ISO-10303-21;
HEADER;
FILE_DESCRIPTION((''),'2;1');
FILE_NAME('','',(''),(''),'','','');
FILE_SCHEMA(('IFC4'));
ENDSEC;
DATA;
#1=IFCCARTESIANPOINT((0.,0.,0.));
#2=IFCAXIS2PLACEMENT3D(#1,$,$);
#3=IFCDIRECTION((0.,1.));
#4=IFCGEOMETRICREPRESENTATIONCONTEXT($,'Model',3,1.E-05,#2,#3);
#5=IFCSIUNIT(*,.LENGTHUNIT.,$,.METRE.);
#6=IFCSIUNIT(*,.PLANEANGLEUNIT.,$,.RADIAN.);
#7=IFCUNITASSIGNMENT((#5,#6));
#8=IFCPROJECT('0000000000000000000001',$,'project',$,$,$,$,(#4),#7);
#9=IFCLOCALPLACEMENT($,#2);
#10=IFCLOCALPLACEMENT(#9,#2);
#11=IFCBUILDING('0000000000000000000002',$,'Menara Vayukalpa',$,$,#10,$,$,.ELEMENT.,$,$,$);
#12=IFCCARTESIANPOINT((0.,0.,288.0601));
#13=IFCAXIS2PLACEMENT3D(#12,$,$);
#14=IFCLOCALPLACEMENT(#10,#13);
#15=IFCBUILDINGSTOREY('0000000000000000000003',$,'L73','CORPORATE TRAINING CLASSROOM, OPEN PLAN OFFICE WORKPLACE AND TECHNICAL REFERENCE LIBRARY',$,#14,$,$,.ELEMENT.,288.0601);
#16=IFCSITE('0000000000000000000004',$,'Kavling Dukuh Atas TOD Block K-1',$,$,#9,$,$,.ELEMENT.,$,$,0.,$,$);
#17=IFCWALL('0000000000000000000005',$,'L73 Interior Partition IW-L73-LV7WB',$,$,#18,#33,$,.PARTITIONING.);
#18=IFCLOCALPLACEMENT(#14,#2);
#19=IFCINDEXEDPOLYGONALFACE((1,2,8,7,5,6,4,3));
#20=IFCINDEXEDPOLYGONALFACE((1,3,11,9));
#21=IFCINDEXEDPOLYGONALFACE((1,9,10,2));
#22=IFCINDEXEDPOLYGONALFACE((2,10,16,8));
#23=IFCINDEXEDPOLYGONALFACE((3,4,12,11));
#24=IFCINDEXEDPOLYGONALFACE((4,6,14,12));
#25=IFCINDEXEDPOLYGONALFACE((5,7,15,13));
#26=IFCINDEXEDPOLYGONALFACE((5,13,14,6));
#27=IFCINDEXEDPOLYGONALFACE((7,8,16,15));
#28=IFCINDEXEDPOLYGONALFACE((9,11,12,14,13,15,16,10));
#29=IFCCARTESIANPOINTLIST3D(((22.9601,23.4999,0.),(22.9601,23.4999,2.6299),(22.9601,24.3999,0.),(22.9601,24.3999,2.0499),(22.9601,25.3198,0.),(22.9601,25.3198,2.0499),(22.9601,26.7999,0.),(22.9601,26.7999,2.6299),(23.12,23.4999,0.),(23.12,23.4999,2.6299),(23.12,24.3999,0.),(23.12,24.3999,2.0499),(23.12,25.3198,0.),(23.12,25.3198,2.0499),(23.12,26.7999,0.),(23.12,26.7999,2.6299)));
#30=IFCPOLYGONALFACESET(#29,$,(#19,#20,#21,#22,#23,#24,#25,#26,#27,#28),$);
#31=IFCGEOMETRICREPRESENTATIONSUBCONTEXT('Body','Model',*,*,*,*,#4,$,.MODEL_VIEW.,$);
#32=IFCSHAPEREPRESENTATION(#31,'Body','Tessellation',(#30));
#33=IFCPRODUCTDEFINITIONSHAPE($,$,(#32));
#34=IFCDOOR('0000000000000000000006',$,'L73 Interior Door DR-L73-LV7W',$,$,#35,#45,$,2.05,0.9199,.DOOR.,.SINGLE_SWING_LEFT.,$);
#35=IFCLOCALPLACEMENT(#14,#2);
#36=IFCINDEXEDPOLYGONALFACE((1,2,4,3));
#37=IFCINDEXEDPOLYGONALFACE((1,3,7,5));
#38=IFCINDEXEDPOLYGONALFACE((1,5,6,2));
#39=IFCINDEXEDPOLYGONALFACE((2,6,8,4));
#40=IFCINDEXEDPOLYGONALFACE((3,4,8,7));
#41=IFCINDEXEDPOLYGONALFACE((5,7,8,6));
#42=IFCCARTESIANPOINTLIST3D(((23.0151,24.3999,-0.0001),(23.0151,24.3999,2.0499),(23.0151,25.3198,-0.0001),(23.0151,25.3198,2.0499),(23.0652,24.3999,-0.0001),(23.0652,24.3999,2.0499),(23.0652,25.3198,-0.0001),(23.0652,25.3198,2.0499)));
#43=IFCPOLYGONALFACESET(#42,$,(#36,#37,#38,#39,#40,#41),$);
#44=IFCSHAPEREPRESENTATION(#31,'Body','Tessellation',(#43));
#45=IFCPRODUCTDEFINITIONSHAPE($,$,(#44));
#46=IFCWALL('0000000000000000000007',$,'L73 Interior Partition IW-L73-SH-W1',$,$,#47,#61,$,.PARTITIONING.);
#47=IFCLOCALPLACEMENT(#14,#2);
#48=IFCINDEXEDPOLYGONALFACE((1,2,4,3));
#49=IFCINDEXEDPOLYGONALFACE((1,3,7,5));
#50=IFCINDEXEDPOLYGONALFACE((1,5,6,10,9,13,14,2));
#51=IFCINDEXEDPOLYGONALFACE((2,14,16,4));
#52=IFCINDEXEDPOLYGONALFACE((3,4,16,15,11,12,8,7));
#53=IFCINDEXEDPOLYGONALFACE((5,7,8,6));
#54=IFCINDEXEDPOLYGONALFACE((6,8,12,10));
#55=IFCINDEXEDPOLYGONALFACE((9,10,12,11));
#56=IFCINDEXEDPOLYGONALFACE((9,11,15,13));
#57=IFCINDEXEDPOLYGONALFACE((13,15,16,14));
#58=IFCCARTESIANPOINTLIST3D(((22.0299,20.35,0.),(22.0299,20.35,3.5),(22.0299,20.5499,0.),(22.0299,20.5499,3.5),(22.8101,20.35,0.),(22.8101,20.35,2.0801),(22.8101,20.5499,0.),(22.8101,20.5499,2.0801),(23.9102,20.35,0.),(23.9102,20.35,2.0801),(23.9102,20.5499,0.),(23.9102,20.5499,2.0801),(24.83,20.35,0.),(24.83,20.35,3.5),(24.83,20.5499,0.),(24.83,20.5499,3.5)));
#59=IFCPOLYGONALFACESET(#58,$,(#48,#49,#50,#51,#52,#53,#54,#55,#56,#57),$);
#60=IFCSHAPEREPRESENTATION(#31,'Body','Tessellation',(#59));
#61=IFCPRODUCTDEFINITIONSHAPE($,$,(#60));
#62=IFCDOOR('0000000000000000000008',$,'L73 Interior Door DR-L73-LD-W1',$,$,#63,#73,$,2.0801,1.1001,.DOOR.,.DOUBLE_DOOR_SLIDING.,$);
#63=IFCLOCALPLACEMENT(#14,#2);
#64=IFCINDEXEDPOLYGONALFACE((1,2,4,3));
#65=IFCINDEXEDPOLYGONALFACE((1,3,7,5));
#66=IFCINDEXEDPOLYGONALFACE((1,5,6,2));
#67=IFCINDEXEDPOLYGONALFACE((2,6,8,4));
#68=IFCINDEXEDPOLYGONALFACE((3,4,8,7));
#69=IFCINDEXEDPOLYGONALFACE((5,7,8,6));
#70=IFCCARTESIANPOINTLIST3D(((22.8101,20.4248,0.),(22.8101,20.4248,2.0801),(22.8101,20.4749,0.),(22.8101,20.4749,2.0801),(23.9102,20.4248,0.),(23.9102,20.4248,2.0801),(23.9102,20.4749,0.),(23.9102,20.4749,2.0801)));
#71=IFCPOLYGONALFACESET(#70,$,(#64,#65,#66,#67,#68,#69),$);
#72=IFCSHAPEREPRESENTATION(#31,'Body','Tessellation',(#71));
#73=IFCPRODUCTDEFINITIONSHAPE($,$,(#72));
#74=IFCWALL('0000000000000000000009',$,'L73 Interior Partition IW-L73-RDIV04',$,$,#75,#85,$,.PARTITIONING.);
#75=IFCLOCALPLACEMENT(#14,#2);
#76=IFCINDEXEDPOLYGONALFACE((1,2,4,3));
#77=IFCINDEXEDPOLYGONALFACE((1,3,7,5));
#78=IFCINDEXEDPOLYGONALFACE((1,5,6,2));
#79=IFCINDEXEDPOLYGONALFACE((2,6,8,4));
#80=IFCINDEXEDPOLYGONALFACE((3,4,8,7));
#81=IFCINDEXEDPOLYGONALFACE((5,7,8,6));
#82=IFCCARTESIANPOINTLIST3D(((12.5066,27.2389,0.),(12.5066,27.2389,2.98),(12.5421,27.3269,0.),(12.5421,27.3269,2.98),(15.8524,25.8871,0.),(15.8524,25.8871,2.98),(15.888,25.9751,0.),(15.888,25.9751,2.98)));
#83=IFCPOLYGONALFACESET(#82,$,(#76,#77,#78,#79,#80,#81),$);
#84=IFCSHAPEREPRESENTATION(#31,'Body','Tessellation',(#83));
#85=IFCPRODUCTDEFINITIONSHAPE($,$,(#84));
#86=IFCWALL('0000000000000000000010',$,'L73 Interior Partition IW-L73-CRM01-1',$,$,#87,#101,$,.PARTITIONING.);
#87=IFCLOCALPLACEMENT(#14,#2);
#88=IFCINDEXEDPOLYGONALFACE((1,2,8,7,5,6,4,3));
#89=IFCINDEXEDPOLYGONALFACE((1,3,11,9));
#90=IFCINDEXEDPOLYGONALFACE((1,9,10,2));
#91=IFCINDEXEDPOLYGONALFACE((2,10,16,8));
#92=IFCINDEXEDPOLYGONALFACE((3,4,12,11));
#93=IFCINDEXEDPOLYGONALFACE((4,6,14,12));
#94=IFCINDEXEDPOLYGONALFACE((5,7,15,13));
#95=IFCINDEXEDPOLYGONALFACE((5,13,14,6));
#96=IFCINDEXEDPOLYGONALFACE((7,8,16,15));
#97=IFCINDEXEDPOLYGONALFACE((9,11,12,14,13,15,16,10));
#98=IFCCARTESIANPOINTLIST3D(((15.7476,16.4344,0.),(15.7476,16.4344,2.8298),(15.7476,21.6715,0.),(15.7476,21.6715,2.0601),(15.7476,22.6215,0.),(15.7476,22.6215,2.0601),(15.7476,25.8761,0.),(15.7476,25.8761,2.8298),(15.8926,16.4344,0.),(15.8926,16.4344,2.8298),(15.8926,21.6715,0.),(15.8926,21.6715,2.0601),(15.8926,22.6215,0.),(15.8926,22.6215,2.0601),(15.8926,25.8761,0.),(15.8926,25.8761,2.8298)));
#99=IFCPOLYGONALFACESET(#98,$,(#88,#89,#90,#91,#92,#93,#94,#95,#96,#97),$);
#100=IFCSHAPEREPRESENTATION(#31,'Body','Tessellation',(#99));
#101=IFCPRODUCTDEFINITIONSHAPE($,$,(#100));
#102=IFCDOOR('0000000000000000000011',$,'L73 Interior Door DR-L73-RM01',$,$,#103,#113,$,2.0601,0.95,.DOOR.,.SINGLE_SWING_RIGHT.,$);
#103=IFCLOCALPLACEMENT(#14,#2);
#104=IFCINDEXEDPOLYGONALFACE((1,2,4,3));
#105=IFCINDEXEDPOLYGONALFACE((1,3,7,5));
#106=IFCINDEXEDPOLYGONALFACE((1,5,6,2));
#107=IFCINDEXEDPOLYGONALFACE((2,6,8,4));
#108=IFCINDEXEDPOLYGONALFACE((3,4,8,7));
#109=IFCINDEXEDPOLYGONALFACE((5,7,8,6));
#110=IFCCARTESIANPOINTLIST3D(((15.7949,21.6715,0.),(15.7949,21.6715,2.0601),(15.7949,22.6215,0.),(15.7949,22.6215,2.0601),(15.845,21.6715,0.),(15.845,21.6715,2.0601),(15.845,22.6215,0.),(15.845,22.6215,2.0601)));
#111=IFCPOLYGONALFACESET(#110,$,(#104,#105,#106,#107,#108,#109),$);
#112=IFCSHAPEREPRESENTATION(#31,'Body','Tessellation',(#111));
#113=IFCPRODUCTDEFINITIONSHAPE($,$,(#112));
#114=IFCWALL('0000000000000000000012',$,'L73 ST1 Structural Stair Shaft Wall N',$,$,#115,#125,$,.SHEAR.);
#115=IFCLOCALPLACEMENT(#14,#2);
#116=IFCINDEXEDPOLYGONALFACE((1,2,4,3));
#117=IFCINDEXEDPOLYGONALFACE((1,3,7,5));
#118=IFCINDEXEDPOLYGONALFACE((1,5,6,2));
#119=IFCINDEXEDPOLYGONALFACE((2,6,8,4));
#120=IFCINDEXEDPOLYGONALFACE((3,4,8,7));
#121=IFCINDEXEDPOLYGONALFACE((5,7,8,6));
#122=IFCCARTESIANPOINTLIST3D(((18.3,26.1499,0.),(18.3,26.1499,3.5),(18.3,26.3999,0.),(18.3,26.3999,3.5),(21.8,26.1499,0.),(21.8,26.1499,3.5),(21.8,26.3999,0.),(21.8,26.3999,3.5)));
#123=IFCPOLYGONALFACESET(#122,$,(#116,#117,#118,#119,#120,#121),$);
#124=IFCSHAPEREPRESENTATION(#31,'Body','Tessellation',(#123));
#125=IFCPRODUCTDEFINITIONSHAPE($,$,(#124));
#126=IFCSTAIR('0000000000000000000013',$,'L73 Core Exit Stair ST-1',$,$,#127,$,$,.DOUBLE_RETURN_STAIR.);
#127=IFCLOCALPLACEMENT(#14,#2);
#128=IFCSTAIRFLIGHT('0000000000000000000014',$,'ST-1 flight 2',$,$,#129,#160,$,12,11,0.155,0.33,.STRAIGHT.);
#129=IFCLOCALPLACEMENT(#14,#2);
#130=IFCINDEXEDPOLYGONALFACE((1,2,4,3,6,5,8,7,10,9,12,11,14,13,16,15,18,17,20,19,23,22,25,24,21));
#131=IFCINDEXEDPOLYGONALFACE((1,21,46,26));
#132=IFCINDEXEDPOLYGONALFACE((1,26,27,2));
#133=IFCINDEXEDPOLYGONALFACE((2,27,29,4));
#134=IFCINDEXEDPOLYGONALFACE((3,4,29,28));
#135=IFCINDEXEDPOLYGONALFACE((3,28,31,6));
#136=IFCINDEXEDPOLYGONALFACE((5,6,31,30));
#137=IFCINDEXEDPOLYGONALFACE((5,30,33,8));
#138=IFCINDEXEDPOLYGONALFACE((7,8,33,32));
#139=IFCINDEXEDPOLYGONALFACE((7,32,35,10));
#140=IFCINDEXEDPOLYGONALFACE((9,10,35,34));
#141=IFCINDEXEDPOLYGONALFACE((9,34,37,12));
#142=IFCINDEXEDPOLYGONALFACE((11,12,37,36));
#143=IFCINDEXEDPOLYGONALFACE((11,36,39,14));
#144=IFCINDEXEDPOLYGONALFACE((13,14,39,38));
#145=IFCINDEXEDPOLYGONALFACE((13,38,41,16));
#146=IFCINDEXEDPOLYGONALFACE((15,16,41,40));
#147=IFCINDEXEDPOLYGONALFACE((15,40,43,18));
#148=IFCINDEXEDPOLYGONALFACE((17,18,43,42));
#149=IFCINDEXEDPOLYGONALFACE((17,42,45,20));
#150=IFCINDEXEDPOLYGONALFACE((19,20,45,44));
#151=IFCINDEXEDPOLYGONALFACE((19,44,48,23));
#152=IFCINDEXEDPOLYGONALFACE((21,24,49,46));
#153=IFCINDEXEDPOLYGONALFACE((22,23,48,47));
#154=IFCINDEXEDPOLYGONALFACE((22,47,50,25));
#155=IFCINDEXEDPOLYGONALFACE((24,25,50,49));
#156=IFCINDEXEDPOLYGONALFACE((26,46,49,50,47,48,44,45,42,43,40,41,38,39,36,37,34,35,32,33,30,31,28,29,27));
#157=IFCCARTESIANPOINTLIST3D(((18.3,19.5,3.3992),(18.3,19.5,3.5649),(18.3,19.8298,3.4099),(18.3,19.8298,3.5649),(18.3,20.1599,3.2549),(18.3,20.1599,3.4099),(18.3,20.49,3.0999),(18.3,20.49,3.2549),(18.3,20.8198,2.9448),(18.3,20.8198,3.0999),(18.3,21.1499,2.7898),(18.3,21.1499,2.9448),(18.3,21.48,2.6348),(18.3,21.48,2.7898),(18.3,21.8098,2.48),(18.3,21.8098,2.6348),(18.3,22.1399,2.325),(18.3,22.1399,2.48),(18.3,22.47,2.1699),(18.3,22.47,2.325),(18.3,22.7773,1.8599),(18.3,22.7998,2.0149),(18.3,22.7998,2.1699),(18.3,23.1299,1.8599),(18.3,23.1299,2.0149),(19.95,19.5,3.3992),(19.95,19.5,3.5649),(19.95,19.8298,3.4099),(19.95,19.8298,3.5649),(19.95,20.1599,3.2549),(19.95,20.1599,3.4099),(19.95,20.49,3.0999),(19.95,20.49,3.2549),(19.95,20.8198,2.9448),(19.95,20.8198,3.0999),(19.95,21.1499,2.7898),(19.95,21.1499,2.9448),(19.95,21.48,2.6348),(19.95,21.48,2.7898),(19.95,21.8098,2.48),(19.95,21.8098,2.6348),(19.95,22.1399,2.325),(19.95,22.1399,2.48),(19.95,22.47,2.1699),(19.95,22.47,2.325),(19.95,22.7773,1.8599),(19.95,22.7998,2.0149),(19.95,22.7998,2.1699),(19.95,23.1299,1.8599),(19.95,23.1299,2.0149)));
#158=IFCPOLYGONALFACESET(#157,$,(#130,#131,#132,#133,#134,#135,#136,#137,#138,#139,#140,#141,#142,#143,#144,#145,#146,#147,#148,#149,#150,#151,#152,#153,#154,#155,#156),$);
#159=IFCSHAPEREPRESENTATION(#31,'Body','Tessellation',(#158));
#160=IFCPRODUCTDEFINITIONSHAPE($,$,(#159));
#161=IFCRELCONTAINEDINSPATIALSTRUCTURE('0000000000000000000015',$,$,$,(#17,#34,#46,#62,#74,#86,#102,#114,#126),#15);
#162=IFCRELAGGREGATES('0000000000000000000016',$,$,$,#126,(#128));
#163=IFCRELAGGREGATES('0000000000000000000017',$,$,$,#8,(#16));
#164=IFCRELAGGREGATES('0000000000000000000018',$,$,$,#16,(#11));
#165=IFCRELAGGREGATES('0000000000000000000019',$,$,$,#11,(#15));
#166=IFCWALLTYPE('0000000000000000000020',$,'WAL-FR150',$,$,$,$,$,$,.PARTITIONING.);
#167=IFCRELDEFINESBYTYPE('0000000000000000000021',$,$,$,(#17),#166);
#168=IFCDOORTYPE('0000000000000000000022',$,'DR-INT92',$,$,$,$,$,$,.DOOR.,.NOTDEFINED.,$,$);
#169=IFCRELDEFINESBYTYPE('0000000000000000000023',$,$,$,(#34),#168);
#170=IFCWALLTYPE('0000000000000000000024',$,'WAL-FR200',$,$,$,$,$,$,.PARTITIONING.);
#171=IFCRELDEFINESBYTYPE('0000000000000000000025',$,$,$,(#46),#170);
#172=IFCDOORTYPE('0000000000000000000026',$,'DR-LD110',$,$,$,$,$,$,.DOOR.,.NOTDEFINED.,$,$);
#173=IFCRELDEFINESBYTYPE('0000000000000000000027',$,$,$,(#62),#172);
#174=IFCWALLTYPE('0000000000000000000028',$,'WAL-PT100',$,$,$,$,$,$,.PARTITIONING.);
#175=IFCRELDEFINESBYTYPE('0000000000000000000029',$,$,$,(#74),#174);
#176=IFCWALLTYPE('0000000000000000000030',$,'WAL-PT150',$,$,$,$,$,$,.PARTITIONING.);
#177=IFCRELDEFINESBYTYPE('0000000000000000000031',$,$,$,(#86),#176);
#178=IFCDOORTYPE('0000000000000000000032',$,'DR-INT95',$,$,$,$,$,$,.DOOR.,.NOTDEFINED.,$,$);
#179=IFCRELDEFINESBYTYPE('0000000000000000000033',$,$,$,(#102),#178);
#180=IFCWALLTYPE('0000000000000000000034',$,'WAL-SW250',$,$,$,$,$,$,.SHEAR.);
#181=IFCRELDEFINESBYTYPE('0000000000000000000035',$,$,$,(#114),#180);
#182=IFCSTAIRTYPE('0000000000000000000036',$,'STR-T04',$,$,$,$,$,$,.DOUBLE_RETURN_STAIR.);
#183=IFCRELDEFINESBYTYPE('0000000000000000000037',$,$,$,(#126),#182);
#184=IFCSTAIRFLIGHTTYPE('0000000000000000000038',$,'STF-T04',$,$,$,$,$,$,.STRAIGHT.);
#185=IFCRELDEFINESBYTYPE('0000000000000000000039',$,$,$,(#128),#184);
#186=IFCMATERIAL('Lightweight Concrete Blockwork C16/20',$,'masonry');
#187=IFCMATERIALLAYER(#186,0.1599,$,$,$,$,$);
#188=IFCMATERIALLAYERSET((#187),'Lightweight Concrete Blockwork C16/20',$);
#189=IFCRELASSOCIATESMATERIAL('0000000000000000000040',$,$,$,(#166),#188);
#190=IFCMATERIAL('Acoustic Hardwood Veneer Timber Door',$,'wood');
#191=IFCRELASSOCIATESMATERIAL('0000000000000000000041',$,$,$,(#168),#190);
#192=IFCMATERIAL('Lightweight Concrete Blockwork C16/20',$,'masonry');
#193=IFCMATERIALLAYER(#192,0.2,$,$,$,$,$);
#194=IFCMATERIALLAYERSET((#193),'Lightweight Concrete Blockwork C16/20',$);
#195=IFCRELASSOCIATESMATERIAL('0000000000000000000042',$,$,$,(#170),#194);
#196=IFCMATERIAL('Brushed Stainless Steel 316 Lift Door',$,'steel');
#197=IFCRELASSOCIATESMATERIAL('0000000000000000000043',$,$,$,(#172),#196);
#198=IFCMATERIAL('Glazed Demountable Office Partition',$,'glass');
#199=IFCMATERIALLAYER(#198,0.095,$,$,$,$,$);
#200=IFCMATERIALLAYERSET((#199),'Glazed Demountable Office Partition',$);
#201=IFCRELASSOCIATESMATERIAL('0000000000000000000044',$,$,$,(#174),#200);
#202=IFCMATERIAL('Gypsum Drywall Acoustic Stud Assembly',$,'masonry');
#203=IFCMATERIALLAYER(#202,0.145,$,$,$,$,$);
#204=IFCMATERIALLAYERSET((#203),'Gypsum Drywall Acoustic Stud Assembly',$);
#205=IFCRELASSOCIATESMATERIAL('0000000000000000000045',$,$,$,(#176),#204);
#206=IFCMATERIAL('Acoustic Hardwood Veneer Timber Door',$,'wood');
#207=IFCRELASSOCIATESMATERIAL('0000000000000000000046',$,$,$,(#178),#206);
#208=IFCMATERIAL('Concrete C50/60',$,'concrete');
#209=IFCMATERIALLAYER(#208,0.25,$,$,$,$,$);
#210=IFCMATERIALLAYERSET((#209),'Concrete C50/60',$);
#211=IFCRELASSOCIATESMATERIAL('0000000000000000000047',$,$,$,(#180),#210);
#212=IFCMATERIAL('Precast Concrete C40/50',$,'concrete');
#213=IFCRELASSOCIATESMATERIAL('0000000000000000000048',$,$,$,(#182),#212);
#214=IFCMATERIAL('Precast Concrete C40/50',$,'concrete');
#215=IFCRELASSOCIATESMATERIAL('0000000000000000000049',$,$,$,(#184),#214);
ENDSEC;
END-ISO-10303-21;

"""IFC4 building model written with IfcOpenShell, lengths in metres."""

from ifc_helpers import new_model, si_unit, direction, frame, frame_2d, origin, place, context, subcontext, project, spatial, polyline, rectangle, outline, extrude, material, layer, layer_set, type_object, element, fill, aggregate, save


model = new_model("IFC4")

# Units and contexts
model_context = context("Model", 3, precision=1e-05, world=origin(), true_north=direction((0.0, 1.0)))
body_context = subcontext(model_context, "Body", "Model", "MODEL_VIEW")
ifc_project = project(units=[si_unit("LENGTHUNIT", "METRE"), si_unit("PLANEANGLEUNIT", "RADIAN")], contexts=[model_context])

# Site, building, storey
site_placement = place(None, origin())
site = spatial("IfcSite", under=ifc_project, at=site_placement, Name="Kavling Dukuh Atas TOD Block K-1", CompositionType="ELEMENT", RefElevation=0.0)
building_placement = place(site_placement, origin())
building = spatial("IfcBuilding", under=site, at=building_placement, Name="Menara Vayukalpa", CompositionType="ELEMENT")
storey_placement = place(building_placement, frame((0.0, 0.0, 288.0601)))
storey = spatial("IfcBuildingStorey", under=building, at=storey_placement, Name="L73", Description="CORPORATE TRAINING CLASSROOM, OPEN PLAN OFFICE WORKPLACE AND TECHNICAL REFERENCE LIBRARY", CompositionType="ELEMENT", Elevation=288.0601)

# Shared definitions
ifc_material_1 = material(Name="Lightweight Concrete Blockwork C16/20", Category="masonry")
ifc_layer_1 = layer(ifc_material_1, 0.1599)
ifc_layer_set_1 = layer_set([ifc_layer_1], Name="Lightweight Concrete Blockwork C16/20")
wall_type_1 = type_object("IfcWallType", Name="WAL-FR150", PredefinedType="PARTITIONING", material=ifc_layer_set_1)

# Walls, openings, doors
wall_1_placement = place(storey_placement, frame((23.04, 23.5, 0.0), z_axis=(0.0, 0.0, 1.0), x_axis=(0.0, 1.0, 0.0)))
wall_1 = element("IfcWall", 1, at=wall_1_placement, inside=storey, type_object=wall_type_1, Name="L73 Interior Partition IW-L73-LV7WB", PredefinedType="PARTITIONING", context=body_context, shape_type="SweptSolid", body=[
    extrude(rectangle(XDim=3.3, YDim=0.1599, at=frame_2d((1.6499, 0.0))), origin(), (0.0, 0.0, 1.0), 2.6299),
])
opening_1_placement = place(wall_1_placement, frame((0.8999, 0.0, 0.0)))
opening_1 = element("IfcOpeningElement", 2, at=opening_1_placement, cuts=wall_1, PredefinedType="OPENING", context=body_context, shape_type="SweptSolid", body=[
    extrude(rectangle(XDim=0.9199, YDim=2.05, at=frame_2d((0.46, 1.0249))), frame((0.0, 0.0898, 0.0), z_axis=(0.0, -1.0, 0.0), x_axis=(1.0, 0.0, 0.0)), (0.0, 0.0, 1.0), 0.1799),
])
ifc_material_2 = material(Name="Acoustic Hardwood Veneer Timber Door", Category="wood")
door_type_1 = type_object("IfcDoorType", Name="DR-INT92", OperationType="NOTDEFINED", PredefinedType="DOOR", material=ifc_material_2)
door_1_placement = place(opening_1_placement, origin())
door_1 = element("IfcDoor", 3, at=door_1_placement, inside=storey, type_object=door_type_1, Name="L73 Interior Door DR-L73-LV7W", OperationType="SINGLE_SWING_LEFT", OverallHeight=2.05, OverallWidth=0.9199, PredefinedType="DOOR", context=body_context, shape_type="SweptSolid", body=[
    extrude(rectangle(XDim=0.9199, YDim=2.05, at=frame_2d((0.46, 1.0249))), frame((0.0, 0.0249, 0.0), z_axis=(0.0, -1.0, 0.0), x_axis=(1.0, 0.0, 0.0)), (0.0, 0.0, 1.0), 0.05),
])
fill(opening_1, door_1)
ifc_material_3 = material(Name="Lightweight Concrete Blockwork C16/20", Category="masonry")
ifc_layer_2 = layer(ifc_material_3, 0.2)
ifc_layer_set_2 = layer_set([ifc_layer_2], Name="Lightweight Concrete Blockwork C16/20")
wall_type_2 = type_object("IfcWallType", Name="WAL-FR200", PredefinedType="PARTITIONING", material=ifc_layer_set_2)
wall_2_placement = place(storey_placement, frame((22.03, 20.45, 0.0), z_axis=(0.0, 0.0, 1.0), x_axis=(1.0, 0.0, 0.0)))
wall_2 = element("IfcWall", 4, at=wall_2_placement, inside=storey, type_object=wall_type_2, Name="L73 Interior Partition IW-L73-SH-W1", PredefinedType="PARTITIONING", context=body_context, shape_type="SweptSolid", body=[
    extrude(rectangle(XDim=2.8, YDim=0.2, at=frame_2d((1.3999, 0.0))), origin(), (0.0, 0.0, 1.0), 3.5),
])
opening_2_placement = place(wall_2_placement, frame((0.78, 0.0, 0.0)))
opening_2 = element("IfcOpeningElement", 5, at=opening_2_placement, cuts=wall_2, PredefinedType="OPENING", context=body_context, shape_type="SweptSolid", body=[
    extrude(rectangle(XDim=1.1001, YDim=2.0801, at=frame_2d((0.55, 1.04))), frame((0.0, 0.1099, 0.0), z_axis=(0.0, -1.0, 0.0), x_axis=(1.0, 0.0, 0.0)), (0.0, 0.0, 1.0), 0.22),
])
ifc_material_4 = material(Name="Brushed Stainless Steel 316 Lift Door", Category="steel")
door_type_2 = type_object("IfcDoorType", Name="DR-LD110", OperationType="NOTDEFINED", PredefinedType="DOOR", material=ifc_material_4)
door_2_placement = place(opening_2_placement, origin())
door_2 = element("IfcDoor", 6, at=door_2_placement, inside=storey, type_object=door_type_2, Name="L73 Interior Door DR-L73-LD-W1", OperationType="DOUBLE_DOOR_SLIDING", OverallHeight=2.0801, OverallWidth=1.1001, PredefinedType="DOOR", context=body_context, shape_type="SweptSolid", body=[
    extrude(rectangle(XDim=1.1001, YDim=2.0801, at=frame_2d((0.55, 1.04))), frame((0.0, 0.0249, 0.0), z_axis=(0.0, -1.0, 0.0), x_axis=(1.0, 0.0, 0.0)), (0.0, 0.0, 1.0), 0.05),
])
fill(opening_2, door_2)

# Wall
ifc_material_5 = material(Name="Glazed Demountable Office Partition", Category="glass")
ifc_layer_3 = layer(ifc_material_5, 0.095)
ifc_layer_set_3 = layer_set([ifc_layer_3], Name="Glazed Demountable Office Partition")
wall_type_3 = type_object("IfcWallType", Name="WAL-PT100", PredefinedType="PARTITIONING", material=ifc_layer_set_3)
wall_3_placement = place(storey_placement, frame((15.8701, 25.9312, 0.0), z_axis=(0.0, 0.0, 1.0), x_axis=(-0.927188, 0.374596, 0.0)))
element("IfcWall", 7, at=wall_3_placement, inside=storey, type_object=wall_type_3, Name="L73 Interior Partition IW-L73-RDIV04", PredefinedType="PARTITIONING", context=body_context, shape_type="SweptSolid", body=[
    extrude(rectangle(XDim=3.6086, YDim=0.095, at=frame_2d((1.8042, 0.0))), origin(), (0.0, 0.0, 1.0), 2.98),
])

# Wall, opening, door
ifc_material_6 = material(Name="Gypsum Drywall Acoustic Stud Assembly", Category="masonry")
ifc_layer_4 = layer(ifc_material_6, 0.145)
ifc_layer_set_4 = layer_set([ifc_layer_4], Name="Gypsum Drywall Acoustic Stud Assembly")
wall_type_4 = type_object("IfcWallType", Name="WAL-PT150", PredefinedType="PARTITIONING", material=ifc_layer_set_4)
wall_4_placement = place(storey_placement, frame((15.8201, 25.876, 0.0), z_axis=(0.0, 0.0, 1.0), x_axis=(0.0, -1.0, 0.0)))
wall_4 = element("IfcWall", 8, at=wall_4_placement, inside=storey, type_object=wall_type_4, Name="L73 Interior Partition IW-L73-CRM01-1", PredefinedType="PARTITIONING", context=body_context, shape_type="SweptSolid", body=[
    extrude(rectangle(XDim=9.4417, YDim=0.145, at=frame_2d((4.7207, 0.0))), origin(), (0.0, 0.0, 1.0), 2.8298),
])
opening_3_placement = place(wall_4_placement, frame((3.2544, 0.0, 0.0)))
opening_3 = element("IfcOpeningElement", 9, at=opening_3_placement, cuts=wall_4, PredefinedType="OPENING", context=body_context, shape_type="SweptSolid", body=[
    extrude(rectangle(XDim=0.95, YDim=2.0601, at=frame_2d((0.4751, 1.03))), frame((0.0, 0.0825, 0.0), z_axis=(0.0, -1.0, 0.0), x_axis=(1.0, 0.0, 0.0)), (0.0, 0.0, 1.0), 0.165),
])
ifc_material_7 = material(Name="Acoustic Hardwood Veneer Timber Door", Category="wood")
door_type_3 = type_object("IfcDoorType", Name="DR-INT95", OperationType="NOTDEFINED", PredefinedType="DOOR", material=ifc_material_7)
door_3_placement = place(opening_3_placement, origin())
door_3 = element("IfcDoor", 10, at=door_3_placement, inside=storey, type_object=door_type_3, Name="L73 Interior Door DR-L73-RM01", OperationType="SINGLE_SWING_RIGHT", OverallHeight=2.0601, OverallWidth=0.95, PredefinedType="DOOR", context=body_context, shape_type="SweptSolid", body=[
    extrude(rectangle(XDim=0.95, YDim=2.0601, at=frame_2d((0.4751, 1.03))), frame((0.0, 0.0249, 0.0), z_axis=(0.0, -1.0, 0.0), x_axis=(1.0, 0.0, 0.0)), (0.0, 0.0, 1.0), 0.05),
])
fill(opening_3, door_3)

# Wall
ifc_material_8 = material(Name="Concrete C50/60", Category="concrete")
ifc_layer_5 = layer(ifc_material_8, 0.25)
ifc_layer_set_5 = layer_set([ifc_layer_5], Name="Concrete C50/60")
wall_type_5 = type_object("IfcWallType", Name="WAL-SW250", PredefinedType="SHEAR", material=ifc_layer_set_5)
wall_5_placement = place(storey_placement, frame((18.3, 26.2749, 0.0), z_axis=(0.0, 0.0, 1.0), x_axis=(1.0, 0.0, 0.0)))
element("IfcWall", 11, at=wall_5_placement, inside=storey, type_object=wall_type_5, Name="L73 ST1 Structural Stair Shaft Wall N", PredefinedType="SHEAR", context=body_context, shape_type="SweptSolid", body=[
    extrude(rectangle(XDim=3.5, YDim=0.25, at=frame_2d((1.75, 0.0))), origin(), (0.0, 0.0, 1.0), 3.5),
])

# Stair, stair flight
ifc_material_9 = material(Name="Precast Concrete C40/50", Category="concrete")
stair_type = type_object("IfcStairType", Name="STR-T04", PredefinedType="DOUBLE_RETURN_STAIR", material=ifc_material_9)
stair_placement = place(storey_placement, origin())
stair = element("IfcStair", 12, at=stair_placement, inside=storey, type_object=stair_type, Name="L73 Core Exit Stair ST-1", PredefinedType="DOUBLE_RETURN_STAIR")
ifc_material_10 = material(Name="Precast Concrete C40/50", Category="concrete")
stair_flight_type = type_object("IfcStairFlightType", Name="STF-T04", PredefinedType="STRAIGHT", material=ifc_material_10)
stair_flight_placement = place(storey_placement, frame((19.125, 23.1299, 1.8599), z_axis=(0.0, 0.0, 1.0), x_axis=(0.0, -1.0, 0.0)))
stair_flight = element("IfcStairFlight", 13, at=stair_flight_placement, type_object=stair_flight_type, Name="ST-1 flight 2", NumberOfRisers=12, NumberOfTreads=11, PredefinedType="STRAIGHT", RiserHeight=0.155, TreadLength=0.33, context=body_context, shape_type="SweptSolid", body=[
    extrude(outline(polyline([(0.0, 0.0), (0.0, 0.155), (0.3301, 0.155), (0.3301, 0.3101), (0.6599, 0.3101), (0.6599, 0.4651), (0.99, 0.4651), (0.99, 0.6201), (1.3201, 0.6201), (1.3201, 0.7749), (1.6499, 0.7749), (1.6499, 0.9299), (1.98, 0.9299), (1.98, 1.085), (2.3101, 1.085), (2.3101, 1.24), (2.6399, 1.24), (2.6399, 1.395), (2.97, 1.395), (2.97, 1.55), (3.3, 1.55), (3.3, 1.7051), (3.6299, 1.7051), (3.6299, 1.8601), (3.6299, 1.5393), (0.3525, 0.0), (0.0, 0.0)])), frame((0.0, 0.825, 0.0), z_axis=(0.0, -1.0, 0.0), x_axis=(1.0, 0.0, 0.0)), (0.0, 0.0, 1.0), 1.6499),
])
aggregate(stair, [stair_flight])

save(model, "model.ifc")
